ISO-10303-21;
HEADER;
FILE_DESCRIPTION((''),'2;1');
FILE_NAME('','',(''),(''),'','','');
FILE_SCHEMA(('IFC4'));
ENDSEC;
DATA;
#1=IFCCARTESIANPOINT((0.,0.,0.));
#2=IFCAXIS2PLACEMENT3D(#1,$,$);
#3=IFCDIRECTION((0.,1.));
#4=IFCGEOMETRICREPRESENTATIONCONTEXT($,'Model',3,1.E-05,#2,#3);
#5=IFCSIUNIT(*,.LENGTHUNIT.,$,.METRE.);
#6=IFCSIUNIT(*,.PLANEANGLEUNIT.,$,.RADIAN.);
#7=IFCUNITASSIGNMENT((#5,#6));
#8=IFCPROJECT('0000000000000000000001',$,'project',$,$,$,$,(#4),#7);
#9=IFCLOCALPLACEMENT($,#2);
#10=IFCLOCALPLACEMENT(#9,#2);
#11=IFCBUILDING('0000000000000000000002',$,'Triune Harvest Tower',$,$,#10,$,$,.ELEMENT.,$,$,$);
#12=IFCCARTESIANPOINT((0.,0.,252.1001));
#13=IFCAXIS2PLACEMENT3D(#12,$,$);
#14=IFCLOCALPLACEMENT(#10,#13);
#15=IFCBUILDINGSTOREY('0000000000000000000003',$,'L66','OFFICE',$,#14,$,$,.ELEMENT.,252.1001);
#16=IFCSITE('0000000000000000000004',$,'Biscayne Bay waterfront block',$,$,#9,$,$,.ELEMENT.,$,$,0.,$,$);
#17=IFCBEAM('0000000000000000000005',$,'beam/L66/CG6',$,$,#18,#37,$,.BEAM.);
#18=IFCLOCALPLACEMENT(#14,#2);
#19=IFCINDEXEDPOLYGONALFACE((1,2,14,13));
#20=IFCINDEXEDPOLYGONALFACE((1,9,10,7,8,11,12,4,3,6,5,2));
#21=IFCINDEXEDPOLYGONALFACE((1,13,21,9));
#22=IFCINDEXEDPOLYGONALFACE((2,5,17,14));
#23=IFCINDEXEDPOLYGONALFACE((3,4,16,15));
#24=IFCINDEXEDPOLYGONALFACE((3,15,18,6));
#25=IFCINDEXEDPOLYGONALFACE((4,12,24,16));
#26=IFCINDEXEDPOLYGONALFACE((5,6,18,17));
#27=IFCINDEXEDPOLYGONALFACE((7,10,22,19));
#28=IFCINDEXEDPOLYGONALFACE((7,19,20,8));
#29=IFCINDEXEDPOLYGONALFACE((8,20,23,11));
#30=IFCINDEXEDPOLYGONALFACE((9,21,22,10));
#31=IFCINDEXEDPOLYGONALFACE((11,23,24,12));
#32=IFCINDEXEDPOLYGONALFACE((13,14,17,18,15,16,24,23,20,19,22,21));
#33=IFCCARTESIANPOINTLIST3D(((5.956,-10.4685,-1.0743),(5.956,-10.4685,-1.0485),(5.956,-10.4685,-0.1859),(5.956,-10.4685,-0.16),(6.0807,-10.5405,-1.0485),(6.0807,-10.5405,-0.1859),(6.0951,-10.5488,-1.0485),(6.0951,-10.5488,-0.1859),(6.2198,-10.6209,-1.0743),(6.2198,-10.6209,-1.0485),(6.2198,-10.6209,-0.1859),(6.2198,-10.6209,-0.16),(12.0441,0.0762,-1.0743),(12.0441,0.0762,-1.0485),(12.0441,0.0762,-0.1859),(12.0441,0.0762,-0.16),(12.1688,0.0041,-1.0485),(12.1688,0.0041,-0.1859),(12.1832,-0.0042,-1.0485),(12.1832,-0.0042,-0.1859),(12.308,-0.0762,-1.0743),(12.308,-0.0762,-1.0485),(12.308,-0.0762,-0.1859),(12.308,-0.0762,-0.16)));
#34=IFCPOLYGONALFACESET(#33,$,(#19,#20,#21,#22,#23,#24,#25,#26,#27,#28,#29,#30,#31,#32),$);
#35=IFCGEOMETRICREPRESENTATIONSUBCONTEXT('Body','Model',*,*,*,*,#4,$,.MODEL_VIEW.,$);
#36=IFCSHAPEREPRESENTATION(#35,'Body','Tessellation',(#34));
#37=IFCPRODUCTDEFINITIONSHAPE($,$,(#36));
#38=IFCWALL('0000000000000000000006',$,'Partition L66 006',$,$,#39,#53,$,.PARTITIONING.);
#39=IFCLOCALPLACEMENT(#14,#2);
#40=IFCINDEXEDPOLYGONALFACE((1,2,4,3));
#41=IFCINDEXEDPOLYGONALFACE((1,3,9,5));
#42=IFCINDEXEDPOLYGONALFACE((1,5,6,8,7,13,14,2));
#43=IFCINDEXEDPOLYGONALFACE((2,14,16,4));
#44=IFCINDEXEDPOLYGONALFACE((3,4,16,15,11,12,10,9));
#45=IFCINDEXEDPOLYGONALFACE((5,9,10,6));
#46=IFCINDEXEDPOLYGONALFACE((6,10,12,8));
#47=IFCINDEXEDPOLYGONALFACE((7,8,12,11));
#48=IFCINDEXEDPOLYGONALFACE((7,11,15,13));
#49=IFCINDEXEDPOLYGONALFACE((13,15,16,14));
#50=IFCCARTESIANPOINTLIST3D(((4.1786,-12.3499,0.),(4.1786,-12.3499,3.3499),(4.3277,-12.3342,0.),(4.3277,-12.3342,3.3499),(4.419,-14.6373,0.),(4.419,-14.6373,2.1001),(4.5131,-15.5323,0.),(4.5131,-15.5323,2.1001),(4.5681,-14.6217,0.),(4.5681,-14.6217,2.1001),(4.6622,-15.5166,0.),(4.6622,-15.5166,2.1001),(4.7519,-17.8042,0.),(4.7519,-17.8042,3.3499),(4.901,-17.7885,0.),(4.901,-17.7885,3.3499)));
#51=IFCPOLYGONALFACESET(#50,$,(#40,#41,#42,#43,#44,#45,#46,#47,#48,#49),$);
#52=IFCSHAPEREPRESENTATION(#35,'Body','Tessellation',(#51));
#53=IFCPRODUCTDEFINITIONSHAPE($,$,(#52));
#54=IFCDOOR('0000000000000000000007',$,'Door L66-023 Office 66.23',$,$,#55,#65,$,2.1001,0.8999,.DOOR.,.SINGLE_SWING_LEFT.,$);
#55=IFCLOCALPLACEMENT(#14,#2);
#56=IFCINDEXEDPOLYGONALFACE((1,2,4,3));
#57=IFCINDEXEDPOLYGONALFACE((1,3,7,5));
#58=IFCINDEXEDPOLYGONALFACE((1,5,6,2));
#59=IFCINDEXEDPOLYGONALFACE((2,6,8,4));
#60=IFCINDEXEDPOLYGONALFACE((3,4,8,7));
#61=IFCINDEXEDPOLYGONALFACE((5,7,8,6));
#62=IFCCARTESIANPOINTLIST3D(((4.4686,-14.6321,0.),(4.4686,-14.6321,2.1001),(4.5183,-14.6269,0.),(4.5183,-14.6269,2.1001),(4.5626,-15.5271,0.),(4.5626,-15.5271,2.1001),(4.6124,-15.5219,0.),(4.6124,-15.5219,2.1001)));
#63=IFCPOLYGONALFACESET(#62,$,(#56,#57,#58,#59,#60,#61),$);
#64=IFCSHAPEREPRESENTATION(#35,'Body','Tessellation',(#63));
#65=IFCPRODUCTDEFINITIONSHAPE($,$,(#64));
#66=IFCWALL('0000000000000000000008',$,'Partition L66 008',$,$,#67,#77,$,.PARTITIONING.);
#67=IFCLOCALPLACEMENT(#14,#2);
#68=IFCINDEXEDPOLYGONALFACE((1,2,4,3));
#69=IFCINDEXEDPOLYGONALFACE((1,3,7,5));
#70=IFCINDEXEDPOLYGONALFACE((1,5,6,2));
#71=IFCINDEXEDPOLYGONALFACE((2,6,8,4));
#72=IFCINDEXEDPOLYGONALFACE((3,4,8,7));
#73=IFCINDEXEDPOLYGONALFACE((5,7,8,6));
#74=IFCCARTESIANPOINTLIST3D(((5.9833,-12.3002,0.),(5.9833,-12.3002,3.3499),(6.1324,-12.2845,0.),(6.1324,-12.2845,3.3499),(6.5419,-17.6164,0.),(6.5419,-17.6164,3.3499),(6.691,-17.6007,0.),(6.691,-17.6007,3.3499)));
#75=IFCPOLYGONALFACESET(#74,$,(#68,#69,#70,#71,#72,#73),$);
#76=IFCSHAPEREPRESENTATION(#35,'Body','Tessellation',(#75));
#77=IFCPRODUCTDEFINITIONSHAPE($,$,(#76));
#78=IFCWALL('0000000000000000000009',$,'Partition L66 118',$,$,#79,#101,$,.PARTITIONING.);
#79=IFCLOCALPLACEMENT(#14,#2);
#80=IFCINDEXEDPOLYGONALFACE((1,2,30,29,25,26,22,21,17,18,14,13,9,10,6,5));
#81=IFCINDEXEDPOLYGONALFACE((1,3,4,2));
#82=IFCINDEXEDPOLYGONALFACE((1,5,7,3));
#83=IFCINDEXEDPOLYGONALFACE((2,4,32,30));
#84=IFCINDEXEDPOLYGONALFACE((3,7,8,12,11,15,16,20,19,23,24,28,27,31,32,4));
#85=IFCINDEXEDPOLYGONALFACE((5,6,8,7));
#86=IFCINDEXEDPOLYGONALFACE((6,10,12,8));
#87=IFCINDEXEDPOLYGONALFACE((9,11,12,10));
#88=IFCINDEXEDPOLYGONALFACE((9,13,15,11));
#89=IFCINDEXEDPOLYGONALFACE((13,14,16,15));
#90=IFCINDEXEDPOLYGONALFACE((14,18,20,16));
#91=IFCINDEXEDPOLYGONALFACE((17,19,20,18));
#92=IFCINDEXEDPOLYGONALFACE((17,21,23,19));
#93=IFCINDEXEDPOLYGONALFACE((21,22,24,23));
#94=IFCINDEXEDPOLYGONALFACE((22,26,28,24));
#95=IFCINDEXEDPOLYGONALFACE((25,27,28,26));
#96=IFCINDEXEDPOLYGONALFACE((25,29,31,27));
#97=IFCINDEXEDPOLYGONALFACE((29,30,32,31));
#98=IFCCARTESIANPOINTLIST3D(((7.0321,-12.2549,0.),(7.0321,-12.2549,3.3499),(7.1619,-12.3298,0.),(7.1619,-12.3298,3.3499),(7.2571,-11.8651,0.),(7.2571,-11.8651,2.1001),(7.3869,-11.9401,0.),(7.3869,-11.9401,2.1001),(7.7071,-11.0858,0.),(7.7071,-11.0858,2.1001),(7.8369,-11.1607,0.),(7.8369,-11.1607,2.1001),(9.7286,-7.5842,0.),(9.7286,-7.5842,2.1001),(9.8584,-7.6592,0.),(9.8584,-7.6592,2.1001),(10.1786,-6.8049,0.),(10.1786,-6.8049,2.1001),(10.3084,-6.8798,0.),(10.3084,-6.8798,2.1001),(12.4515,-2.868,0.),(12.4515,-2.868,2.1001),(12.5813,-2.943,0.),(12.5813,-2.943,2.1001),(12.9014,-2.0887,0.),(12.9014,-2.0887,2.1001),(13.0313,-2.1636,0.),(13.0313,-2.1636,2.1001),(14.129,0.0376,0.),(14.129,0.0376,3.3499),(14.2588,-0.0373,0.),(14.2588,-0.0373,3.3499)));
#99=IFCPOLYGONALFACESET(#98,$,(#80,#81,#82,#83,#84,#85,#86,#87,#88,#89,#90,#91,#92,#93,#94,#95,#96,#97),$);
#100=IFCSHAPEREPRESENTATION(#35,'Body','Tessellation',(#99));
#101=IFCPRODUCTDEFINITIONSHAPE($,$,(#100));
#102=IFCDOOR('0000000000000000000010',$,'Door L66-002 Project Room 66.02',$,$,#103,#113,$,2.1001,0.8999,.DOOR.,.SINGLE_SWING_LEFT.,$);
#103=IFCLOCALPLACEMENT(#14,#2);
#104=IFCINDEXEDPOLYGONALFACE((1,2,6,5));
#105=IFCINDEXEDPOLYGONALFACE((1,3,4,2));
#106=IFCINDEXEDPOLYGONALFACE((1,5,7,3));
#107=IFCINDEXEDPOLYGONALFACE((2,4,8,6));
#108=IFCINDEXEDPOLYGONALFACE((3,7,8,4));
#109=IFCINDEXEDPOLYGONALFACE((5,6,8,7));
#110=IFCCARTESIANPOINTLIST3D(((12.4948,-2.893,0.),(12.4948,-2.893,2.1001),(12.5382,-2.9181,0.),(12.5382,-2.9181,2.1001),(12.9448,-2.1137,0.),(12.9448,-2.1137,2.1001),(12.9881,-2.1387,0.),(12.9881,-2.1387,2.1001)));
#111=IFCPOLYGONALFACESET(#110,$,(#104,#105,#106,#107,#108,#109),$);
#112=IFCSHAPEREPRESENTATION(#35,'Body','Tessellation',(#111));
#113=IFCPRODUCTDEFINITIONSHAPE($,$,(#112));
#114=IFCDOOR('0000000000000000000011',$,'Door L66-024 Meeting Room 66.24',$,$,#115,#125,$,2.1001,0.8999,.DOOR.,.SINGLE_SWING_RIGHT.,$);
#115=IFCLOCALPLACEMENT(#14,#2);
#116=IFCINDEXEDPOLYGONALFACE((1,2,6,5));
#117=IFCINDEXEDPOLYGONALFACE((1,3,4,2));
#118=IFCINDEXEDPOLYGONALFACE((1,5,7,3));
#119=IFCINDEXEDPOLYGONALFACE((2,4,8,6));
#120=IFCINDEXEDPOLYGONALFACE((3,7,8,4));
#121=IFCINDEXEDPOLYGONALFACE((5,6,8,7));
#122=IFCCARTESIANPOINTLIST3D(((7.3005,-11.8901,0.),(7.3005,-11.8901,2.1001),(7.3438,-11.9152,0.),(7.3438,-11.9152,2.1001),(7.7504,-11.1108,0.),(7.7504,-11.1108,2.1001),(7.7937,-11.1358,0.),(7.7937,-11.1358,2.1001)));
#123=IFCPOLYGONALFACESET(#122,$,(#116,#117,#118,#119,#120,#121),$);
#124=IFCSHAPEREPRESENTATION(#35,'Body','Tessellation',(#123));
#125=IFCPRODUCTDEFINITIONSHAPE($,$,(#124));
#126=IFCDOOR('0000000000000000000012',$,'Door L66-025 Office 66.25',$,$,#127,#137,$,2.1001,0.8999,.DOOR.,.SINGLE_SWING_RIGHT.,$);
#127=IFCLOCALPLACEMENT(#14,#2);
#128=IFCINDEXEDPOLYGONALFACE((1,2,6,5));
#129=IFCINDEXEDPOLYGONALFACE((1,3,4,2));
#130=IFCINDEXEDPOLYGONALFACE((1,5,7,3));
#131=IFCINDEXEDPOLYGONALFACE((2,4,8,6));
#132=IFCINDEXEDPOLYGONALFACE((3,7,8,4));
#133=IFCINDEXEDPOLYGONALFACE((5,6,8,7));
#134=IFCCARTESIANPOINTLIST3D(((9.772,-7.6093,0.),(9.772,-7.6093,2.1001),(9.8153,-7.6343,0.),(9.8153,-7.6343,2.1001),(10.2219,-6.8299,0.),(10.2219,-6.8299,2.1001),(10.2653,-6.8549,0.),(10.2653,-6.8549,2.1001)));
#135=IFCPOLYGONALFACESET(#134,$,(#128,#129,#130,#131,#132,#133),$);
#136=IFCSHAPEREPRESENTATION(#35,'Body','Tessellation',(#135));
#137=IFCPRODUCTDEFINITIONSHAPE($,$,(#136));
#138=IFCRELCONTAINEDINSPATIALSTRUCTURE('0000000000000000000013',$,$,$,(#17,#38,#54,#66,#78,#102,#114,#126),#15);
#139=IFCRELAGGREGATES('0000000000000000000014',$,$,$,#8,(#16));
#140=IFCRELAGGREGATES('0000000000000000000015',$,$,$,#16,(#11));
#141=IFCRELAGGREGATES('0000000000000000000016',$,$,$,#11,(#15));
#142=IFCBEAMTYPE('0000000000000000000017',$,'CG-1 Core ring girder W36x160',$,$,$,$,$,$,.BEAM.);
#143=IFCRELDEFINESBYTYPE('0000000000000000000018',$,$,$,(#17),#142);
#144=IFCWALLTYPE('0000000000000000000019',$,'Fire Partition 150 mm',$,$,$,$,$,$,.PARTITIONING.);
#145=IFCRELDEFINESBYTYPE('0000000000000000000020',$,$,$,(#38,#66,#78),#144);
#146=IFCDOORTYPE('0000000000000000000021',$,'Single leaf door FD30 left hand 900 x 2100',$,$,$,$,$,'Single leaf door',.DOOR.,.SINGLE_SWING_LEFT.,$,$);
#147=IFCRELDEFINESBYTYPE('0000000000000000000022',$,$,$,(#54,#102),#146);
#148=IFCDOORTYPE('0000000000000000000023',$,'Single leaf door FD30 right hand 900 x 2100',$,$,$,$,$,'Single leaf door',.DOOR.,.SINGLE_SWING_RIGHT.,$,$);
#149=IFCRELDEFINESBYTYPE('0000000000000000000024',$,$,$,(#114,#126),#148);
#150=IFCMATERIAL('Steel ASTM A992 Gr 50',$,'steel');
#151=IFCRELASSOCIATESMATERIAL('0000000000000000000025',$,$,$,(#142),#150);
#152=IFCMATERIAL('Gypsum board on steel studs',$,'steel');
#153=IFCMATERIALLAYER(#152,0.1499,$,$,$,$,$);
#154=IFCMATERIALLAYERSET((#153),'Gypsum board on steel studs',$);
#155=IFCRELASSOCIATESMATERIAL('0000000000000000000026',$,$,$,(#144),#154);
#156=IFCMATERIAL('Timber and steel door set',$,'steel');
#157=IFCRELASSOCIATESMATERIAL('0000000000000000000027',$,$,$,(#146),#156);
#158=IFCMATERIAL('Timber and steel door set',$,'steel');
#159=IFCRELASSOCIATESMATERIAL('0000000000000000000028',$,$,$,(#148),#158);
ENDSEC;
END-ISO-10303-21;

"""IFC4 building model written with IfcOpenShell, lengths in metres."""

from ifc_helpers import new_model, si_unit, direction, frame, frame_2d, origin, origin_2d, place, context, subcontext, project, spatial, rectangle, i_section, extrude, source, transform, mapped, material, layer, layer_set, material_profile, profile_set, type_object, element, fill, save


model = new_model("IFC4")

# Units and contexts
model_context = context("Model", 3, precision=1e-05, world=origin(), true_north=direction((0.0, 1.0)))
body_context = subcontext(model_context, "Body", "Model", "MODEL_VIEW")
ifc_project = project(units=[si_unit("LENGTHUNIT", "METRE"), si_unit("PLANEANGLEUNIT", "RADIAN")], contexts=[model_context])

# Site, building, storey
site_placement = place(None, origin())
site = spatial("IfcSite", under=ifc_project, at=site_placement, Name="Biscayne Bay waterfront block", CompositionType="ELEMENT", RefElevation=0.0)
building_placement = place(site_placement, origin())
building = spatial("IfcBuilding", under=site, at=building_placement, Name="Triune Harvest Tower", CompositionType="ELEMENT")
storey_placement = place(building_placement, frame((0.0, 0.0, 252.1001)))
storey = spatial("IfcBuildingStorey", under=building, at=storey_placement, Name="L66", Description="OFFICE", CompositionType="ELEMENT", Elevation=252.1001)

# Beam
ifc_material_1 = material(Name="Steel ASTM A992 Gr 50", Category="steel")
ifc_material_profile = material_profile(ifc_material_1, i_section(OverallWidth=0.3047, OverallDepth=0.9143, WebThickness=0.0166, FlangeThickness=0.0259, at=origin_2d()), Name="W36x160")
ifc_profile_set = profile_set([ifc_material_profile], Name="Steel ASTM A992 Gr 50")
beam_type = type_object("IfcBeamType", Name="CG-1 Core ring girder W36x160", PredefinedType="BEAM", material=ifc_profile_set)
shared_shape_1 = source(origin(), body_context, "Body", "SweptSolid", [
    extrude(i_section(OverallWidth=0.3047, OverallDepth=0.9143, WebThickness=0.0166, FlangeThickness=0.0259, at=origin_2d()), origin(), (0.0, 0.0, 1.0), 12.176),
])
beam_placement = place(storey_placement, frame((6.0879, -10.5447, -0.6172), z_axis=(0.50001, 0.86602, 0.0), x_axis=(-0.86602, 0.50001, 0.0)))
element("IfcBeam", 1, at=beam_placement, inside=storey, type_object=beam_type, Name="beam/L66/CG6", PredefinedType="BEAM", context=body_context, shape_type="MappedRepresentation", body=[
    mapped(shared_shape_1, transform((0.0, 0.0, 0.0), scale=1.0)),
])

# Wall, opening, door
ifc_material_2 = material(Name="Gypsum board on steel studs", Category="steel")
ifc_layer_1 = layer(ifc_material_2, 0.1499)
ifc_layer_set_1 = layer_set([ifc_layer_1], Name="Gypsum board on steel studs")
wall_type_1 = type_object("IfcWallType", Name="Fire Partition 150 mm", PredefinedType="PARTITIONING", material=ifc_layer_set_1)
wall_1_placement = place(storey_placement, frame((4.2532, -12.342, 0.0), z_axis=(0.0, 0.0, 1.0), x_axis=(0.104523, -0.994523, 0.0)))
wall_1 = element("IfcWall", 2, at=wall_1_placement, inside=storey, type_object=wall_type_1, Name="Partition L66 006", PredefinedType="PARTITIONING", context=body_context, shape_type="SweptSolid", body=[
    extrude(rectangle(XDim=5.4844, YDim=0.1499, at=frame_2d((2.7422, 0.0))), origin(), (0.0, 0.0, 1.0), 3.3499),
])
opening_1_placement = place(wall_1_placement, frame((2.3, 0.0, 0.0)))
opening_1 = element("IfcOpeningElement", 3, at=opening_1_placement, cuts=wall_1, PredefinedType="OPENING", context=body_context, shape_type="SweptSolid", body=[
    extrude(rectangle(XDim=0.8999, YDim=2.1001, at=frame_2d((0.45, 1.05))), frame((0.0, 0.085, 0.0), z_axis=(0.0, -1.0, 0.0), x_axis=(1.0, 0.0, 0.0)), (0.0, 0.0, 1.0), 0.1699),
])
ifc_material_3 = material(Name="Timber and steel door set", Category="steel")
door_type_1 = type_object("IfcDoorType", Name="Single leaf door FD30 left hand 900 x 2100", ElementType="Single leaf door", OperationType="SINGLE_SWING_LEFT", PredefinedType="DOOR", material=ifc_material_3)
door_1_placement = place(opening_1_placement, origin())
door_1 = element("IfcDoor", 4, at=door_1_placement, inside=storey, type_object=door_type_1, Name="Door L66-023 Office 66.23", OperationType="SINGLE_SWING_LEFT", OverallHeight=2.1001, OverallWidth=0.8999, PredefinedType="DOOR", context=body_context, shape_type="SweptSolid", body=[
    extrude(rectangle(XDim=0.8999, YDim=2.1001, at=frame_2d((0.45, 1.05))), frame((0.0, 0.0249, 0.0), z_axis=(0.0, -1.0, 0.0), x_axis=(1.0, 0.0, 0.0)), (0.0, 0.0, 1.0), 0.05),
])
fill(opening_1, door_1)

# Wall
wall_2_placement = place(storey_placement, frame((6.0579, -12.2922, 0.0), z_axis=(0.0, 0.0, 1.0), x_axis=(0.104499, -0.994525, 0.0)))
element("IfcWall", 5, at=wall_2_placement, inside=storey, type_object=wall_type_1, Name="Partition L66 008", PredefinedType="PARTITIONING", context=body_context, shape_type="SweptSolid", body=[
    extrude(rectangle(XDim=5.3455, YDim=0.1499, at=frame_2d((2.6729, 0.0))), origin(), (0.0, 0.0, 1.0), 3.3499),
])

# Wall, openings, doors
wall_3_placement = place(storey_placement, frame((7.0969, -12.2925, 0.0), z_axis=(0.0, 0.0, 1.0), x_axis=(0.499992, 0.86603, 0.0)))
wall_3 = element("IfcWall", 6, at=wall_3_placement, inside=storey, type_object=wall_type_1, Name="Partition L66 118", PredefinedType="PARTITIONING", context=body_context, shape_type="SweptSolid", body=[
    extrude(rectangle(XDim=14.1941, YDim=0.1499, at=frame_2d((7.0972, 0.0))), origin(), (0.0, 0.0, 1.0), 3.3499),
])
opening_2_placement = place(wall_3_placement, frame((10.8391, 0.0, 0.0)))
opening_2 = element("IfcOpeningElement", 7, at=opening_2_placement, cuts=wall_3, PredefinedType="OPENING", context=body_context, shape_type="SweptSolid", body=[
    extrude(rectangle(XDim=0.8999, YDim=2.1001, at=frame_2d((0.45, 1.05))), frame((0.0, 0.085, 0.0), z_axis=(0.0, -1.0, 0.0), x_axis=(1.0, 0.0, 0.0)), (0.0, 0.0, 1.0), 0.1699),
])
opening_3_placement = place(wall_3_placement, frame((0.4502, 0.0, 0.0)))
opening_3 = element("IfcOpeningElement", 8, at=opening_3_placement, cuts=wall_3, PredefinedType="OPENING", context=body_context, shape_type="SweptSolid", body=[
    extrude(rectangle(XDim=0.8999, YDim=2.1001, at=frame_2d((0.45, 1.05))), frame((0.0, 0.085, 0.0), z_axis=(0.0, -1.0, 0.0), x_axis=(1.0, 0.0, 0.0)), (0.0, 0.0, 1.0), 0.1699),
])
opening_4_placement = place(wall_3_placement, frame((5.3933, 0.0, 0.0)))
opening_4 = element("IfcOpeningElement", 9, at=opening_4_placement, cuts=wall_3, PredefinedType="OPENING", context=body_context, shape_type="SweptSolid", body=[
    extrude(rectangle(XDim=0.8999, YDim=2.1001, at=frame_2d((0.45, 1.05))), frame((0.0, 0.085, 0.0), z_axis=(0.0, -1.0, 0.0), x_axis=(1.0, 0.0, 0.0)), (0.0, 0.0, 1.0), 0.1699),
])
door_2_placement = place(opening_2_placement, origin())
door_2 = element("IfcDoor", 10, at=door_2_placement, inside=storey, type_object=door_type_1, Name="Door L66-002 Project Room 66.02", OperationType="SINGLE_SWING_LEFT", OverallHeight=2.1001, OverallWidth=0.8999, PredefinedType="DOOR", context=body_context, shape_type="SweptSolid", body=[
    extrude(rectangle(XDim=0.8999, YDim=2.1001, at=frame_2d((0.45, 1.05))), frame((0.0, 0.0249, 0.0), z_axis=(0.0, -1.0, 0.0), x_axis=(1.0, 0.0, 0.0)), (0.0, 0.0, 1.0), 0.05),
])
fill(opening_2, door_2)
ifc_material_4 = material(Name="Timber and steel door set", Category="steel")
door_type_2 = type_object("IfcDoorType", Name="Single leaf door FD30 right hand 900 x 2100", ElementType="Single leaf door", OperationType="SINGLE_SWING_RIGHT", PredefinedType="DOOR", material=ifc_material_4)
door_3_placement = place(opening_3_placement, origin())
door_3 = element("IfcDoor", 11, at=door_3_placement, inside=storey, type_object=door_type_2, Name="Door L66-024 Meeting Room 66.24", OperationType="SINGLE_SWING_RIGHT", OverallHeight=2.1001, OverallWidth=0.8999, PredefinedType="DOOR", context=body_context, shape_type="SweptSolid", body=[
    extrude(rectangle(XDim=0.8999, YDim=2.1001, at=frame_2d((0.45, 1.05))), frame((0.0, 0.0249, 0.0), z_axis=(0.0, -1.0, 0.0), x_axis=(1.0, 0.0, 0.0)), (0.0, 0.0, 1.0), 0.05),
])
fill(opening_3, door_3)
door_4_placement = place(opening_4_placement, origin())
door_4 = element("IfcDoor", 12, at=door_4_placement, inside=storey, type_object=door_type_2, Name="Door L66-025 Office 66.25", OperationType="SINGLE_SWING_RIGHT", OverallHeight=2.1001, OverallWidth=0.8999, PredefinedType="DOOR", context=body_context, shape_type="SweptSolid", body=[
    extrude(rectangle(XDim=0.8999, YDim=2.1001, at=frame_2d((0.45, 1.05))), frame((0.0, 0.0249, 0.0), z_axis=(0.0, -1.0, 0.0), x_axis=(1.0, 0.0, 0.0)), (0.0, 0.0, 1.0), 0.05),
])
fill(opening_4, door_4)

save(model, "model.ifc")
